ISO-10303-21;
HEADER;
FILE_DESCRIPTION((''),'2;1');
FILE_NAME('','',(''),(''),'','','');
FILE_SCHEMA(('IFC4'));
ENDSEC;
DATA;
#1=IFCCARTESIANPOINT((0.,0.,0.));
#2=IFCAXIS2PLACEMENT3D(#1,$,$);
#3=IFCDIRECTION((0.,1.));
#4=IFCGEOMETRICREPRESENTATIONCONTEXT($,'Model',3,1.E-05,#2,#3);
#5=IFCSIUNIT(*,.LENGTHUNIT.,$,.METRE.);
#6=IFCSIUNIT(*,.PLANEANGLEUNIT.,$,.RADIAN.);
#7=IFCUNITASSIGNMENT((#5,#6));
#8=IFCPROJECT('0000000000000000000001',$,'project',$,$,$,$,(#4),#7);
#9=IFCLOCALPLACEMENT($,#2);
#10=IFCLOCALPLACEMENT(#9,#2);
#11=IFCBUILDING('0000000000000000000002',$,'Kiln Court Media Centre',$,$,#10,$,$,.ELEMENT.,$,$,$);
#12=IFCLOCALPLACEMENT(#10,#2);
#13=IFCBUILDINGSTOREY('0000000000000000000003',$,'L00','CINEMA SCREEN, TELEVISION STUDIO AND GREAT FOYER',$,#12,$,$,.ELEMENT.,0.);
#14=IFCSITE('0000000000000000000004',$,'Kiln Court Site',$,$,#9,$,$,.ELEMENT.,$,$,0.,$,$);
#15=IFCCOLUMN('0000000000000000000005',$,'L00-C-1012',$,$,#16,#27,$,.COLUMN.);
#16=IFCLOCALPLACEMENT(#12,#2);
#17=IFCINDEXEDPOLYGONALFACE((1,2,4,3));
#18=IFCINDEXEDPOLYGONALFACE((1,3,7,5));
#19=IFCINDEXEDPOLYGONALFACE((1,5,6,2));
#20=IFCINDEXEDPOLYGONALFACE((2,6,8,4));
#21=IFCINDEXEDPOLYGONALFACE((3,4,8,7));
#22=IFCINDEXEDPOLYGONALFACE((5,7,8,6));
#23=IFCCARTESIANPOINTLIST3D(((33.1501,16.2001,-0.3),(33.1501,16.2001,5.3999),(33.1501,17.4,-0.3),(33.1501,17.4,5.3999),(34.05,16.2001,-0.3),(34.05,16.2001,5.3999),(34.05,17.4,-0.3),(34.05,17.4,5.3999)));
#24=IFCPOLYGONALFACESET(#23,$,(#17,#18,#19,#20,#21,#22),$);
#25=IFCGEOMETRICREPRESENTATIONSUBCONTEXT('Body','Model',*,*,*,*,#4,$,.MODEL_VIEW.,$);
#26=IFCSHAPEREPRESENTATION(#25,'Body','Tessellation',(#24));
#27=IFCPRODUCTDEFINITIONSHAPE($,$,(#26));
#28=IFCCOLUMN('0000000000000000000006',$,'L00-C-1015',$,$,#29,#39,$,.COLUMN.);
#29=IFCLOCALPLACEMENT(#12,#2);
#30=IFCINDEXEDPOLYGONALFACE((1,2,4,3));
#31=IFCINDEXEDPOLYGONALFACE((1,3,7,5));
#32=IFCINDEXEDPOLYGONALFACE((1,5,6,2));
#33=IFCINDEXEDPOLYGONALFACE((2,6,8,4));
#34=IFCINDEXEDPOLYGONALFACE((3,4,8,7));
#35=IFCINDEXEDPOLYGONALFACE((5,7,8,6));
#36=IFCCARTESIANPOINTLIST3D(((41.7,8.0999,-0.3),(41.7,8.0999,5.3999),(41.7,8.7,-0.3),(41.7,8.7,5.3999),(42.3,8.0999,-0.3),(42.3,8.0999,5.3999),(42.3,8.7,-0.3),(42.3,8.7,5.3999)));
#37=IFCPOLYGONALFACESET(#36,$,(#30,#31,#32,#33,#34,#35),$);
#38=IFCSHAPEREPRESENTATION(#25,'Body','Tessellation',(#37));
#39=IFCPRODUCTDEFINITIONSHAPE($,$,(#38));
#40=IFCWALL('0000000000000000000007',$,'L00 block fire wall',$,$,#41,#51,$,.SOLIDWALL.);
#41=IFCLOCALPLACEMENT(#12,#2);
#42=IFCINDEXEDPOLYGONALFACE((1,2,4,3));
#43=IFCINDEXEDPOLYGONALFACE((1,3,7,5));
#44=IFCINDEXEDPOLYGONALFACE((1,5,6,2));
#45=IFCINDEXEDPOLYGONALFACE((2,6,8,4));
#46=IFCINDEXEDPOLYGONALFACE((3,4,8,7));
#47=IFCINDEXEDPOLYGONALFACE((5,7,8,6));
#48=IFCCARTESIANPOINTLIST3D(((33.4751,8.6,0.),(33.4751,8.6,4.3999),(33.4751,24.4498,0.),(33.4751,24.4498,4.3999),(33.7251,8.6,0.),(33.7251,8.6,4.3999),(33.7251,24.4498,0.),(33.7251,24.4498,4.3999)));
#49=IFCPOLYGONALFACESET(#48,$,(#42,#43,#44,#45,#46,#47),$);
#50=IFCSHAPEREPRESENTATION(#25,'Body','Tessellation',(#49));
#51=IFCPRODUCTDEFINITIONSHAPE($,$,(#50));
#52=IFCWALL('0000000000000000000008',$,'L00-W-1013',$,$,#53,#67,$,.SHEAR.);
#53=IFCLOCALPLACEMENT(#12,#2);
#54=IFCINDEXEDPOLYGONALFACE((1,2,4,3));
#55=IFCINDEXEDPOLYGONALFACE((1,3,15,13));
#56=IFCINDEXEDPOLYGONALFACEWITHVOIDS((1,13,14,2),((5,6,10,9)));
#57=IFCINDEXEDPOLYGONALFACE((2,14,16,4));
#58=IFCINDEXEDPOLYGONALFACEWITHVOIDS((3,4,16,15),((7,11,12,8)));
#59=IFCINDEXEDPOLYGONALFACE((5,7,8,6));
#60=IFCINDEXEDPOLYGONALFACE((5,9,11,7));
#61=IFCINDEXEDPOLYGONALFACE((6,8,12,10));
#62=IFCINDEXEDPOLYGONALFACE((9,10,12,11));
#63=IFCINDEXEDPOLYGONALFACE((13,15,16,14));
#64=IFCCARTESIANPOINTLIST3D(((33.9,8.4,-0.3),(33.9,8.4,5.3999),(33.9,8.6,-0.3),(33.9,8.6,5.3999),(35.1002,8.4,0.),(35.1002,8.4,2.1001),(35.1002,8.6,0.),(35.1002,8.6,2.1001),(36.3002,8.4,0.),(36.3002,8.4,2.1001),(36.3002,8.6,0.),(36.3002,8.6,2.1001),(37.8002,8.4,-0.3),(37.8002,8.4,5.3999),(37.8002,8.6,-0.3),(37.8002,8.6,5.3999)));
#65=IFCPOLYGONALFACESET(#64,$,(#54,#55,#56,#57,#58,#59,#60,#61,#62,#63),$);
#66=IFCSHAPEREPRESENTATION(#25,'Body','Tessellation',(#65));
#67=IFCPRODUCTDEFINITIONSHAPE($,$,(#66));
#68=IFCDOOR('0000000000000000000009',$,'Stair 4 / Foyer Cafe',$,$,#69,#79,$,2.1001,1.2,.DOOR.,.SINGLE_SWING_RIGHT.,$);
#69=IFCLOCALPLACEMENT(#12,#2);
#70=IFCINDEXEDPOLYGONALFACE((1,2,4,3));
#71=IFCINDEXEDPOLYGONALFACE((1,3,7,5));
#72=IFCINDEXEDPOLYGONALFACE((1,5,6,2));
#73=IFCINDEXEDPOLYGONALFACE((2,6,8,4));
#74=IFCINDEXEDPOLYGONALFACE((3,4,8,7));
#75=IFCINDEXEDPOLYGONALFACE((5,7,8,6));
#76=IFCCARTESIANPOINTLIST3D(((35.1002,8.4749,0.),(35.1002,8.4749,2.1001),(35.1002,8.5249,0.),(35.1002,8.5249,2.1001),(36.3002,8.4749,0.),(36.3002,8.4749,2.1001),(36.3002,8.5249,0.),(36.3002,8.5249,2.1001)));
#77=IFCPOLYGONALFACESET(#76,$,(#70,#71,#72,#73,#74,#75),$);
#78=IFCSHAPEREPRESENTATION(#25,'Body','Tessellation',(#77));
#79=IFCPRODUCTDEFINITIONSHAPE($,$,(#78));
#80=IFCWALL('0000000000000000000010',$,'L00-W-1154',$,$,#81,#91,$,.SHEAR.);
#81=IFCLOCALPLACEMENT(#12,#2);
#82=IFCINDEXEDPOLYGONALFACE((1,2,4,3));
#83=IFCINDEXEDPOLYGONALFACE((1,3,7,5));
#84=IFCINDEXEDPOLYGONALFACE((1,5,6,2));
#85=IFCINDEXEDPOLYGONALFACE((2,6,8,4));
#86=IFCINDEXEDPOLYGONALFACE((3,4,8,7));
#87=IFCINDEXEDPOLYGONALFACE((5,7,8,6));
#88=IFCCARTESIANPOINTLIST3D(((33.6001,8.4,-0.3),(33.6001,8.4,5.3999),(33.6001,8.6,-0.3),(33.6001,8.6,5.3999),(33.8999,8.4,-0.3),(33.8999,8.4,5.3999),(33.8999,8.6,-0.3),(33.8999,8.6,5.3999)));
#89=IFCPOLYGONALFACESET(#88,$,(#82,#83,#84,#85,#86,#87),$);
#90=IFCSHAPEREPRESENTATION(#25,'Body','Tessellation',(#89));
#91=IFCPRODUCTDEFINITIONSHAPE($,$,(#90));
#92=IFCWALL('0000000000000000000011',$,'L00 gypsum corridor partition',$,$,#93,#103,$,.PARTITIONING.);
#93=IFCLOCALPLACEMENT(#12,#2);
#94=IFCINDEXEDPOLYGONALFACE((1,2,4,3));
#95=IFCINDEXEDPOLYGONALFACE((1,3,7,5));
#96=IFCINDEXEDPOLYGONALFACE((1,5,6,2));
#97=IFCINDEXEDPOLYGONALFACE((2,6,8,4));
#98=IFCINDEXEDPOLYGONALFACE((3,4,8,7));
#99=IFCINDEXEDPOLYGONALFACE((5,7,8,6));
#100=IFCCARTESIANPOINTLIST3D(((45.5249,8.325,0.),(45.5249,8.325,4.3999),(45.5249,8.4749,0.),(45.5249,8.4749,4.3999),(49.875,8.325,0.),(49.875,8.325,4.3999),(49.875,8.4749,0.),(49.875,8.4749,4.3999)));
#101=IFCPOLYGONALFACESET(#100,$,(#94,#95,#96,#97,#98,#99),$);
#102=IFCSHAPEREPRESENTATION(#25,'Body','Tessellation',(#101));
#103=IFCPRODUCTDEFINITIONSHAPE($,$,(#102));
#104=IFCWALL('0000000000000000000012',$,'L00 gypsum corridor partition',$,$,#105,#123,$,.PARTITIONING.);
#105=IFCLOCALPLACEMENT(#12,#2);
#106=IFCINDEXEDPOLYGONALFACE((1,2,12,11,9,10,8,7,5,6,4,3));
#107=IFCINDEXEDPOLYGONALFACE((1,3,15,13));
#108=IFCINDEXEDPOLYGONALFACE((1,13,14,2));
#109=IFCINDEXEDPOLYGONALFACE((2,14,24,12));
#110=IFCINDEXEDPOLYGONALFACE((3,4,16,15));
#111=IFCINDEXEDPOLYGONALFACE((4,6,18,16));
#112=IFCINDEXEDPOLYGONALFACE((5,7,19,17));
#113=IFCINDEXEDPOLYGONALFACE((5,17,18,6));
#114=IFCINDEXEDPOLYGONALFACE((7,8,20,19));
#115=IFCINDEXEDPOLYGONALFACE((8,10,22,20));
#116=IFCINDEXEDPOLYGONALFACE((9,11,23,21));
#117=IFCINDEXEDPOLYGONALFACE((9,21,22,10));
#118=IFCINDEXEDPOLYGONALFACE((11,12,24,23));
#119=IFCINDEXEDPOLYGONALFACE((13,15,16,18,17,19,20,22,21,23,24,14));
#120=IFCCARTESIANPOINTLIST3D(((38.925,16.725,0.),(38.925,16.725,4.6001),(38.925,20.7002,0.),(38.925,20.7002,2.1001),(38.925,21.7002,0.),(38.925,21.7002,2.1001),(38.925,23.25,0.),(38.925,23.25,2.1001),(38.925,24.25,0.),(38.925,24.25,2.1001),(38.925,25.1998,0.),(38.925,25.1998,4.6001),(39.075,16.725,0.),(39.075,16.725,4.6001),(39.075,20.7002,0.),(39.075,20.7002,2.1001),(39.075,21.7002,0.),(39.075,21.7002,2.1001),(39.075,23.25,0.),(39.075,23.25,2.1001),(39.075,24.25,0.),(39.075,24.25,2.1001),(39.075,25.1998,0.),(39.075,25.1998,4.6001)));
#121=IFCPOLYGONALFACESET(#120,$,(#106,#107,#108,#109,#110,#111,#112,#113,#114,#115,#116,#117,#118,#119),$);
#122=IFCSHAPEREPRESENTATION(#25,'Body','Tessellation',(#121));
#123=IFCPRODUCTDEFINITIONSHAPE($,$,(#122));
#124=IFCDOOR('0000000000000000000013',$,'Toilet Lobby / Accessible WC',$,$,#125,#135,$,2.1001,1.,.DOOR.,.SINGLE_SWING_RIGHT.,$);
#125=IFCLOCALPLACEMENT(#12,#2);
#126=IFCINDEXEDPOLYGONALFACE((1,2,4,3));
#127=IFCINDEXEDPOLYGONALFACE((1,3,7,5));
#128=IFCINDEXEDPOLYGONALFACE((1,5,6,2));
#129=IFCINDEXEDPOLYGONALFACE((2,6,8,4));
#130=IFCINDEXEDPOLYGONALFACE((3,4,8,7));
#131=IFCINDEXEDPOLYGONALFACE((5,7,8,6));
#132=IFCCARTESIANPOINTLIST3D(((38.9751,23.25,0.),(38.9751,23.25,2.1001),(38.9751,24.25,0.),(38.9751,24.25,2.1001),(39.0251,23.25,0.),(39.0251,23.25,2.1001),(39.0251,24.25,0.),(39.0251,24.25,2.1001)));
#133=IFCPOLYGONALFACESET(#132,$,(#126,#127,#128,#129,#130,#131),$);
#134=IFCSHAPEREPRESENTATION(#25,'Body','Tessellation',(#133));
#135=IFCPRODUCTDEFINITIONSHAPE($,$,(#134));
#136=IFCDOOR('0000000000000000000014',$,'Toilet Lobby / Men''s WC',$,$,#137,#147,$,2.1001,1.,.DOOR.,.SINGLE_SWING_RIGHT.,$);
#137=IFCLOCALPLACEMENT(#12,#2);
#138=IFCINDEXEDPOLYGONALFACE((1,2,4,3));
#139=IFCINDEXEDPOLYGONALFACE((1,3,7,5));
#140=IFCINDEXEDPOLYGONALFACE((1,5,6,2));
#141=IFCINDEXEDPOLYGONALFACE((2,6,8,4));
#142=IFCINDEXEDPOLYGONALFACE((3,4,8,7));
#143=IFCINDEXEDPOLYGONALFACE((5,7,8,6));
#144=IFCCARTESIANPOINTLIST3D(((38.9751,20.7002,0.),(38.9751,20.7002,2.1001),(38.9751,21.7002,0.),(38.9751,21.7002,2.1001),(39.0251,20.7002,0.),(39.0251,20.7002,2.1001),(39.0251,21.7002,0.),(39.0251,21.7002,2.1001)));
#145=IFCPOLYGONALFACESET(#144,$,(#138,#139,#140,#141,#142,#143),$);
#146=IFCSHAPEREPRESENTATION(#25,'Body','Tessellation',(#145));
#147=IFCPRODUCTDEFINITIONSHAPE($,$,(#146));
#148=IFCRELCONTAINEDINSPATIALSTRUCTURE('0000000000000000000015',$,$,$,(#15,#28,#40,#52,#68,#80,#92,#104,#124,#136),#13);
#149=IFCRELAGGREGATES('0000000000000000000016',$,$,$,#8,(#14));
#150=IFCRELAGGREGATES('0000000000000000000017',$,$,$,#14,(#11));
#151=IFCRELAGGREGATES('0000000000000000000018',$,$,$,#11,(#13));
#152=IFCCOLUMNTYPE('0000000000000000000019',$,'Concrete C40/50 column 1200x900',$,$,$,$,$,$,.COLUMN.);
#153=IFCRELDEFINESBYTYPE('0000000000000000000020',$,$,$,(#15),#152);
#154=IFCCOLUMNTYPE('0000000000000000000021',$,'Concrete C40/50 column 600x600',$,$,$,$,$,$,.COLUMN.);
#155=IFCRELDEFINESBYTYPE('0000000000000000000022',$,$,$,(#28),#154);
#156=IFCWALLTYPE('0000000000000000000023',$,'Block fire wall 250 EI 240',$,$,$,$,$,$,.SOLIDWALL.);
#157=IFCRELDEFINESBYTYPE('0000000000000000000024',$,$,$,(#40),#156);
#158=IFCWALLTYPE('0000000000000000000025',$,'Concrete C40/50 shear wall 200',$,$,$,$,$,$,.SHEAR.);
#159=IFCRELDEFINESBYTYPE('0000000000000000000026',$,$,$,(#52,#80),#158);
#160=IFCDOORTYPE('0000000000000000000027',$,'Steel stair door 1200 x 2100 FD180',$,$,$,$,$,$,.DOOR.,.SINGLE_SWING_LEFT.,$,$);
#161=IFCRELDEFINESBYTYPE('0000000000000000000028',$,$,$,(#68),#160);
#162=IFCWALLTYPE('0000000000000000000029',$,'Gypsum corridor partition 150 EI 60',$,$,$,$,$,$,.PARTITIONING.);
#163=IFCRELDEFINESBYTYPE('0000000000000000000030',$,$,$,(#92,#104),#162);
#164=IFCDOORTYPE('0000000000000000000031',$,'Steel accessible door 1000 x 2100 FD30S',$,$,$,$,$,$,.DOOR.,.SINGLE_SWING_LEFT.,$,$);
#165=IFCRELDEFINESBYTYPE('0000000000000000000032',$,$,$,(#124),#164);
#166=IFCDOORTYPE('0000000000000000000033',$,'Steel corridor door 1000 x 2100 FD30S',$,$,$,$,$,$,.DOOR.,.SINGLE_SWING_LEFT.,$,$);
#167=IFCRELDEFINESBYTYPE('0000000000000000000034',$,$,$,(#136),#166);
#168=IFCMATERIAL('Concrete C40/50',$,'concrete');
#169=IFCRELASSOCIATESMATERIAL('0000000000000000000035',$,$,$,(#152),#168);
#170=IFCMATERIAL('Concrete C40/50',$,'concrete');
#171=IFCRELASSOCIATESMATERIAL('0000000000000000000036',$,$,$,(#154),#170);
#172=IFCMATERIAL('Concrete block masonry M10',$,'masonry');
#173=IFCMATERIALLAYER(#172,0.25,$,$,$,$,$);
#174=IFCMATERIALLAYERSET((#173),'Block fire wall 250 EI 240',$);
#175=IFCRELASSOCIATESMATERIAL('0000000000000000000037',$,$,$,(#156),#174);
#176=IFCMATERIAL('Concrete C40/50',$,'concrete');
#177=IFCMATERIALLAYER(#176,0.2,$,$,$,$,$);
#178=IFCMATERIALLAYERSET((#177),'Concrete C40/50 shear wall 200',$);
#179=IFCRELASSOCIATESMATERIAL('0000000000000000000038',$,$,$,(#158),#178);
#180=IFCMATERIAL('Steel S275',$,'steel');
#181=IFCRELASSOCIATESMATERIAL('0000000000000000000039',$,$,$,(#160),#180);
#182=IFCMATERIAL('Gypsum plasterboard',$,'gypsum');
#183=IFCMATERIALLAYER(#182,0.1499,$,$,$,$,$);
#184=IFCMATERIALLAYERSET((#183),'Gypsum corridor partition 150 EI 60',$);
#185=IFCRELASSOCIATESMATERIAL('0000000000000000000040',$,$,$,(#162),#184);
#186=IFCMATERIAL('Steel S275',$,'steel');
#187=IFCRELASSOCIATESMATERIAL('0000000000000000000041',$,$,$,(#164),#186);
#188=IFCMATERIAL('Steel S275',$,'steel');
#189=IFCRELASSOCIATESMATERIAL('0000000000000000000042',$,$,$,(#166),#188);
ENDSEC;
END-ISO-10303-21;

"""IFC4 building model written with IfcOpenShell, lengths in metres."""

from ifc_helpers import new_model, si_unit, direction, frame, frame_2d, origin, origin_2d, place, context, subcontext, project, spatial, rectangle, extrude, material, layer, layer_set, material_profile, profile_set, type_object, element, fill, save


model = new_model("IFC4")

# Units and contexts
model_context = context("Model", 3, precision=1e-05, world=origin(), true_north=direction((0.0, 1.0)))
body_context = subcontext(model_context, "Body", "Model", "MODEL_VIEW")
ifc_project = project(units=[si_unit("LENGTHUNIT", "METRE"), si_unit("PLANEANGLEUNIT", "RADIAN")], contexts=[model_context])

# Site, building, storey
site_placement = place(None, origin())
site = spatial("IfcSite", under=ifc_project, at=site_placement, Name="Kiln Court Site", CompositionType="ELEMENT", RefElevation=0.0)
building_placement = place(site_placement, origin())
building = spatial("IfcBuilding", under=site, at=building_placement, Name="Kiln Court Media Centre", CompositionType="ELEMENT")
storey_placement = place(building_placement, origin())
storey = spatial("IfcBuildingStorey", under=building, at=storey_placement, Name="L00", Description="CINEMA SCREEN, TELEVISION STUDIO AND GREAT FOYER", CompositionType="ELEMENT", Elevation=0.0)

# Columns
ifc_material_1 = material(Name="Concrete C40/50", Category="concrete")
ifc_material_profile_1 = material_profile(ifc_material_1, rectangle(XDim=1.2, YDim=0.8999, at=origin_2d()), Name="RC 1200x900")
ifc_profile_set_1 = profile_set([ifc_material_profile_1], Name="Concrete C40/50")
column_type_1 = type_object("IfcColumnType", Name="Concrete C40/50 column 1200x900", PredefinedType="COLUMN", material=ifc_profile_set_1)
column_1_placement = place(storey_placement, frame((33.6001, 16.8, -0.3), z_axis=(0.0, 0.0, 1.0), x_axis=(0.0, 1.0, 0.0)))
element("IfcColumn", 1, at=column_1_placement, inside=storey, type_object=column_type_1, Name="L00-C-1012", PredefinedType="COLUMN", context=body_context, shape_type="SweptSolid", body=[
    extrude(rectangle(XDim=1.2, YDim=0.8999, at=origin_2d()), origin(), (0.0, 0.0, 1.0), 5.7),
])
ifc_material_2 = material(Name="Concrete C40/50", Category="concrete")
ifc_material_profile_2 = material_profile(ifc_material_2, rectangle(XDim=0.6001, YDim=0.6001, at=origin_2d()), Name="RC 600x600")
ifc_profile_set_2 = profile_set([ifc_material_profile_2], Name="Concrete C40/50")
column_type_2 = type_object("IfcColumnType", Name="Concrete C40/50 column 600x600", PredefinedType="COLUMN", material=ifc_profile_set_2)
column_2_placement = place(storey_placement, frame((42.0, 8.3999, -0.3), z_axis=(0.0, 0.0, 1.0), x_axis=(1.0, 0.0, 0.0)))
element("IfcColumn", 2, at=column_2_placement, inside=storey, type_object=column_type_2, Name="L00-C-1015", PredefinedType="COLUMN", context=body_context, shape_type="SweptSolid", body=[
    extrude(rectangle(XDim=0.6001, YDim=0.6001, at=origin_2d()), origin(), (0.0, 0.0, 1.0), 5.7),
])

# Wall
ifc_material_3 = material(Name="Concrete block masonry M10", Category="masonry")
ifc_layer_1 = layer(ifc_material_3, 0.25)
ifc_layer_set_1 = layer_set([ifc_layer_1], Name="Block fire wall 250 EI 240")
wall_type_1 = type_object("IfcWallType", Name="Block fire wall 250 EI 240", PredefinedType="SOLIDWALL", material=ifc_layer_set_1)
wall_1_placement = place(storey_placement, frame((33.6001, 8.6001, 0.0), z_axis=(0.0, 0.0, 1.0), x_axis=(0.0, 1.0, 0.0)))
element("IfcWall", 3, at=wall_1_placement, inside=storey, type_object=wall_type_1, Name="L00 block fire wall", PredefinedType="SOLIDWALL", context=body_context, shape_type="SweptSolid", body=[
    extrude(rectangle(XDim=15.8499, YDim=0.25, at=frame_2d((7.9248, 0.0))), origin(), (0.0, 0.0, 1.0), 4.3999),
])

# Wall, opening, door
ifc_material_4 = material(Name="Concrete C40/50", Category="concrete")
ifc_layer_2 = layer(ifc_material_4, 0.2)
ifc_layer_set_2 = layer_set([ifc_layer_2], Name="Concrete C40/50 shear wall 200")
wall_type_2 = type_object("IfcWallType", Name="Concrete C40/50 shear wall 200", PredefinedType="SHEAR", material=ifc_layer_set_2)
wall_2_placement = place(storey_placement, frame((33.8999, 8.5, -0.3), z_axis=(0.0, 0.0, 1.0), x_axis=(1.0, 0.0, 0.0)))
wall_2 = element("IfcWall", 4, at=wall_2_placement, inside=storey, type_object=wall_type_2, Name="L00-W-1013", PredefinedType="SHEAR", context=body_context, shape_type="SweptSolid", body=[
    extrude(rectangle(XDim=3.9001, YDim=0.2, at=frame_2d((1.9502, 0.0))), origin(), (0.0, 0.0, 1.0), 5.7),
])
opening_1_placement = place(wall_2_placement, frame((1.2002, 0.0, 0.3)))
opening_1 = element("IfcOpeningElement", 5, at=opening_1_placement, cuts=wall_2, PredefinedType="OPENING", context=body_context, shape_type="SweptSolid", body=[
    extrude(rectangle(XDim=1.2, YDim=2.1001, at=frame_2d((0.6001, 1.05))), frame((0.0, 0.1099, 0.0), z_axis=(0.0, -1.0, 0.0), x_axis=(1.0, 0.0, 0.0)), (0.0, 0.0, 1.0), 0.22),
])
ifc_material_5 = material(Name="Steel S275", Category="steel")
door_type_1 = type_object("IfcDoorType", Name="Steel stair door 1200 x 2100 FD180", OperationType="SINGLE_SWING_LEFT", PredefinedType="DOOR", material=ifc_material_5)
door_1_placement = place(opening_1_placement, origin())
door_1 = element("IfcDoor", 6, at=door_1_placement, inside=storey, type_object=door_type_1, Name="Stair 4 / Foyer Cafe", OperationType="SINGLE_SWING_RIGHT", OverallHeight=2.1001, OverallWidth=1.2, PredefinedType="DOOR", context=body_context, shape_type="SweptSolid", body=[
    extrude(rectangle(XDim=1.2, YDim=2.1001, at=frame_2d((0.6001, 1.05))), frame((0.0, 0.0249, 0.0), z_axis=(0.0, -1.0, 0.0), x_axis=(1.0, 0.0, 0.0)), (0.0, 0.0, 1.0), 0.05),
])
fill(opening_1, door_1)

# Walls
wall_3_placement = place(storey_placement, frame((33.6001, 8.5, -0.3), z_axis=(0.0, 0.0, 1.0), x_axis=(1.0, 0.0, 0.0)))
element("IfcWall", 7, at=wall_3_placement, inside=storey, type_object=wall_type_2, Name="L00-W-1154", PredefinedType="SHEAR", context=body_context, shape_type="SweptSolid", body=[
    extrude(rectangle(XDim=0.2998, YDim=0.2, at=frame_2d((0.1499, 0.0))), origin(), (0.0, 0.0, 1.0), 5.7),
])
ifc_material_6 = material(Name="Gypsum plasterboard", Category="gypsum")
ifc_layer_3 = layer(ifc_material_6, 0.1499)
ifc_layer_set_3 = layer_set([ifc_layer_3], Name="Gypsum corridor partition 150 EI 60")
wall_type_3 = type_object("IfcWallType", Name="Gypsum corridor partition 150 EI 60", PredefinedType="PARTITIONING", material=ifc_layer_set_3)
wall_4_placement = place(storey_placement, frame((45.5249, 8.3999, 0.0), z_axis=(0.0, 0.0, 1.0), x_axis=(1.0, 0.0, 0.0)))
element("IfcWall", 8, at=wall_4_placement, inside=storey, type_object=wall_type_3, Name="L00 gypsum corridor partition", PredefinedType="PARTITIONING", context=body_context, shape_type="SweptSolid", body=[
    extrude(rectangle(XDim=4.3501, YDim=0.1499, at=frame_2d((2.175, 0.0))), origin(), (0.0, 0.0, 1.0), 4.3999),
])

# Wall, openings, doors
wall_5_placement = place(storey_placement, frame((39.0, 16.7251, 0.0), z_axis=(0.0, 0.0, 1.0), x_axis=(0.0, 1.0, 0.0)))
wall_5 = element("IfcWall", 9, at=wall_5_placement, inside=storey, type_object=wall_type_3, Name="L00 gypsum corridor partition", PredefinedType="PARTITIONING", context=body_context, shape_type="SweptSolid", body=[
    extrude(rectangle(XDim=8.4749, YDim=0.1499, at=frame_2d((4.2373, 0.0))), origin(), (0.0, 0.0, 1.0), 4.6001),
])
opening_2_placement = place(wall_5_placement, frame((3.9751, 0.0, 0.0)))
opening_2 = element("IfcOpeningElement", 10, at=opening_2_placement, cuts=wall_5, PredefinedType="OPENING", context=body_context, shape_type="SweptSolid", body=[
    extrude(rectangle(XDim=1.0, YDim=2.1001, at=frame_2d((0.5, 1.05))), frame((0.0, 0.085, 0.0), z_axis=(0.0, -1.0, 0.0), x_axis=(1.0, 0.0, 0.0)), (0.0, 0.0, 1.0), 0.1699),
])
opening_3_placement = place(wall_5_placement, frame((6.5249, 0.0, 0.0)))
opening_3 = element("IfcOpeningElement", 11, at=opening_3_placement, cuts=wall_5, PredefinedType="OPENING", context=body_context, shape_type="SweptSolid", body=[
    extrude(rectangle(XDim=1.0, YDim=2.1001, at=frame_2d((0.5, 1.05))), frame((0.0, 0.085, 0.0), z_axis=(0.0, -1.0, 0.0), x_axis=(1.0, 0.0, 0.0)), (0.0, 0.0, 1.0), 0.1699),
])
ifc_material_7 = material(Name="Steel S275", Category="steel")
door_type_2 = type_object("IfcDoorType", Name="Steel accessible door 1000 x 2100 FD30S", OperationType="SINGLE_SWING_LEFT", PredefinedType="DOOR", material=ifc_material_7)
door_2_placement = place(opening_3_placement, origin())
door_2 = element("IfcDoor", 12, at=door_2_placement, inside=storey, type_object=door_type_2, Name="Toilet Lobby / Accessible WC", OperationType="SINGLE_SWING_RIGHT", OverallHeight=2.1001, OverallWidth=1.0, PredefinedType="DOOR", context=body_context, shape_type="SweptSolid", body=[
    extrude(rectangle(XDim=1.0, YDim=2.1001, at=frame_2d((0.5, 1.05))), frame((0.0, 0.0249, 0.0), z_axis=(0.0, -1.0, 0.0), x_axis=(1.0, 0.0, 0.0)), (0.0, 0.0, 1.0), 0.05),
])
fill(opening_3, door_2)
ifc_material_8 = material(Name="Steel S275", Category="steel")
door_type_3 = type_object("IfcDoorType", Name="Steel corridor door 1000 x 2100 FD30S", OperationType="SINGLE_SWING_LEFT", PredefinedType="DOOR", material=ifc_material_8)
door_3_placement = place(opening_2_placement, origin())
door_3 = element("IfcDoor", 13, at=door_3_placement, inside=storey, type_object=door_type_3, Name="Toilet Lobby / Men's WC", OperationType="SINGLE_SWING_RIGHT", OverallHeight=2.1001, OverallWidth=1.0, PredefinedType="DOOR", context=body_context, shape_type="SweptSolid", body=[
    extrude(rectangle(XDim=1.0, YDim=2.1001, at=frame_2d((0.5, 1.05))), frame((0.0, 0.0249, 0.0), z_axis=(0.0, -1.0, 0.0), x_axis=(1.0, 0.0, 0.0)), (0.0, 0.0, 1.0), 0.05),
])
fill(opening_2, door_3)

save(model, "model.ifc")
